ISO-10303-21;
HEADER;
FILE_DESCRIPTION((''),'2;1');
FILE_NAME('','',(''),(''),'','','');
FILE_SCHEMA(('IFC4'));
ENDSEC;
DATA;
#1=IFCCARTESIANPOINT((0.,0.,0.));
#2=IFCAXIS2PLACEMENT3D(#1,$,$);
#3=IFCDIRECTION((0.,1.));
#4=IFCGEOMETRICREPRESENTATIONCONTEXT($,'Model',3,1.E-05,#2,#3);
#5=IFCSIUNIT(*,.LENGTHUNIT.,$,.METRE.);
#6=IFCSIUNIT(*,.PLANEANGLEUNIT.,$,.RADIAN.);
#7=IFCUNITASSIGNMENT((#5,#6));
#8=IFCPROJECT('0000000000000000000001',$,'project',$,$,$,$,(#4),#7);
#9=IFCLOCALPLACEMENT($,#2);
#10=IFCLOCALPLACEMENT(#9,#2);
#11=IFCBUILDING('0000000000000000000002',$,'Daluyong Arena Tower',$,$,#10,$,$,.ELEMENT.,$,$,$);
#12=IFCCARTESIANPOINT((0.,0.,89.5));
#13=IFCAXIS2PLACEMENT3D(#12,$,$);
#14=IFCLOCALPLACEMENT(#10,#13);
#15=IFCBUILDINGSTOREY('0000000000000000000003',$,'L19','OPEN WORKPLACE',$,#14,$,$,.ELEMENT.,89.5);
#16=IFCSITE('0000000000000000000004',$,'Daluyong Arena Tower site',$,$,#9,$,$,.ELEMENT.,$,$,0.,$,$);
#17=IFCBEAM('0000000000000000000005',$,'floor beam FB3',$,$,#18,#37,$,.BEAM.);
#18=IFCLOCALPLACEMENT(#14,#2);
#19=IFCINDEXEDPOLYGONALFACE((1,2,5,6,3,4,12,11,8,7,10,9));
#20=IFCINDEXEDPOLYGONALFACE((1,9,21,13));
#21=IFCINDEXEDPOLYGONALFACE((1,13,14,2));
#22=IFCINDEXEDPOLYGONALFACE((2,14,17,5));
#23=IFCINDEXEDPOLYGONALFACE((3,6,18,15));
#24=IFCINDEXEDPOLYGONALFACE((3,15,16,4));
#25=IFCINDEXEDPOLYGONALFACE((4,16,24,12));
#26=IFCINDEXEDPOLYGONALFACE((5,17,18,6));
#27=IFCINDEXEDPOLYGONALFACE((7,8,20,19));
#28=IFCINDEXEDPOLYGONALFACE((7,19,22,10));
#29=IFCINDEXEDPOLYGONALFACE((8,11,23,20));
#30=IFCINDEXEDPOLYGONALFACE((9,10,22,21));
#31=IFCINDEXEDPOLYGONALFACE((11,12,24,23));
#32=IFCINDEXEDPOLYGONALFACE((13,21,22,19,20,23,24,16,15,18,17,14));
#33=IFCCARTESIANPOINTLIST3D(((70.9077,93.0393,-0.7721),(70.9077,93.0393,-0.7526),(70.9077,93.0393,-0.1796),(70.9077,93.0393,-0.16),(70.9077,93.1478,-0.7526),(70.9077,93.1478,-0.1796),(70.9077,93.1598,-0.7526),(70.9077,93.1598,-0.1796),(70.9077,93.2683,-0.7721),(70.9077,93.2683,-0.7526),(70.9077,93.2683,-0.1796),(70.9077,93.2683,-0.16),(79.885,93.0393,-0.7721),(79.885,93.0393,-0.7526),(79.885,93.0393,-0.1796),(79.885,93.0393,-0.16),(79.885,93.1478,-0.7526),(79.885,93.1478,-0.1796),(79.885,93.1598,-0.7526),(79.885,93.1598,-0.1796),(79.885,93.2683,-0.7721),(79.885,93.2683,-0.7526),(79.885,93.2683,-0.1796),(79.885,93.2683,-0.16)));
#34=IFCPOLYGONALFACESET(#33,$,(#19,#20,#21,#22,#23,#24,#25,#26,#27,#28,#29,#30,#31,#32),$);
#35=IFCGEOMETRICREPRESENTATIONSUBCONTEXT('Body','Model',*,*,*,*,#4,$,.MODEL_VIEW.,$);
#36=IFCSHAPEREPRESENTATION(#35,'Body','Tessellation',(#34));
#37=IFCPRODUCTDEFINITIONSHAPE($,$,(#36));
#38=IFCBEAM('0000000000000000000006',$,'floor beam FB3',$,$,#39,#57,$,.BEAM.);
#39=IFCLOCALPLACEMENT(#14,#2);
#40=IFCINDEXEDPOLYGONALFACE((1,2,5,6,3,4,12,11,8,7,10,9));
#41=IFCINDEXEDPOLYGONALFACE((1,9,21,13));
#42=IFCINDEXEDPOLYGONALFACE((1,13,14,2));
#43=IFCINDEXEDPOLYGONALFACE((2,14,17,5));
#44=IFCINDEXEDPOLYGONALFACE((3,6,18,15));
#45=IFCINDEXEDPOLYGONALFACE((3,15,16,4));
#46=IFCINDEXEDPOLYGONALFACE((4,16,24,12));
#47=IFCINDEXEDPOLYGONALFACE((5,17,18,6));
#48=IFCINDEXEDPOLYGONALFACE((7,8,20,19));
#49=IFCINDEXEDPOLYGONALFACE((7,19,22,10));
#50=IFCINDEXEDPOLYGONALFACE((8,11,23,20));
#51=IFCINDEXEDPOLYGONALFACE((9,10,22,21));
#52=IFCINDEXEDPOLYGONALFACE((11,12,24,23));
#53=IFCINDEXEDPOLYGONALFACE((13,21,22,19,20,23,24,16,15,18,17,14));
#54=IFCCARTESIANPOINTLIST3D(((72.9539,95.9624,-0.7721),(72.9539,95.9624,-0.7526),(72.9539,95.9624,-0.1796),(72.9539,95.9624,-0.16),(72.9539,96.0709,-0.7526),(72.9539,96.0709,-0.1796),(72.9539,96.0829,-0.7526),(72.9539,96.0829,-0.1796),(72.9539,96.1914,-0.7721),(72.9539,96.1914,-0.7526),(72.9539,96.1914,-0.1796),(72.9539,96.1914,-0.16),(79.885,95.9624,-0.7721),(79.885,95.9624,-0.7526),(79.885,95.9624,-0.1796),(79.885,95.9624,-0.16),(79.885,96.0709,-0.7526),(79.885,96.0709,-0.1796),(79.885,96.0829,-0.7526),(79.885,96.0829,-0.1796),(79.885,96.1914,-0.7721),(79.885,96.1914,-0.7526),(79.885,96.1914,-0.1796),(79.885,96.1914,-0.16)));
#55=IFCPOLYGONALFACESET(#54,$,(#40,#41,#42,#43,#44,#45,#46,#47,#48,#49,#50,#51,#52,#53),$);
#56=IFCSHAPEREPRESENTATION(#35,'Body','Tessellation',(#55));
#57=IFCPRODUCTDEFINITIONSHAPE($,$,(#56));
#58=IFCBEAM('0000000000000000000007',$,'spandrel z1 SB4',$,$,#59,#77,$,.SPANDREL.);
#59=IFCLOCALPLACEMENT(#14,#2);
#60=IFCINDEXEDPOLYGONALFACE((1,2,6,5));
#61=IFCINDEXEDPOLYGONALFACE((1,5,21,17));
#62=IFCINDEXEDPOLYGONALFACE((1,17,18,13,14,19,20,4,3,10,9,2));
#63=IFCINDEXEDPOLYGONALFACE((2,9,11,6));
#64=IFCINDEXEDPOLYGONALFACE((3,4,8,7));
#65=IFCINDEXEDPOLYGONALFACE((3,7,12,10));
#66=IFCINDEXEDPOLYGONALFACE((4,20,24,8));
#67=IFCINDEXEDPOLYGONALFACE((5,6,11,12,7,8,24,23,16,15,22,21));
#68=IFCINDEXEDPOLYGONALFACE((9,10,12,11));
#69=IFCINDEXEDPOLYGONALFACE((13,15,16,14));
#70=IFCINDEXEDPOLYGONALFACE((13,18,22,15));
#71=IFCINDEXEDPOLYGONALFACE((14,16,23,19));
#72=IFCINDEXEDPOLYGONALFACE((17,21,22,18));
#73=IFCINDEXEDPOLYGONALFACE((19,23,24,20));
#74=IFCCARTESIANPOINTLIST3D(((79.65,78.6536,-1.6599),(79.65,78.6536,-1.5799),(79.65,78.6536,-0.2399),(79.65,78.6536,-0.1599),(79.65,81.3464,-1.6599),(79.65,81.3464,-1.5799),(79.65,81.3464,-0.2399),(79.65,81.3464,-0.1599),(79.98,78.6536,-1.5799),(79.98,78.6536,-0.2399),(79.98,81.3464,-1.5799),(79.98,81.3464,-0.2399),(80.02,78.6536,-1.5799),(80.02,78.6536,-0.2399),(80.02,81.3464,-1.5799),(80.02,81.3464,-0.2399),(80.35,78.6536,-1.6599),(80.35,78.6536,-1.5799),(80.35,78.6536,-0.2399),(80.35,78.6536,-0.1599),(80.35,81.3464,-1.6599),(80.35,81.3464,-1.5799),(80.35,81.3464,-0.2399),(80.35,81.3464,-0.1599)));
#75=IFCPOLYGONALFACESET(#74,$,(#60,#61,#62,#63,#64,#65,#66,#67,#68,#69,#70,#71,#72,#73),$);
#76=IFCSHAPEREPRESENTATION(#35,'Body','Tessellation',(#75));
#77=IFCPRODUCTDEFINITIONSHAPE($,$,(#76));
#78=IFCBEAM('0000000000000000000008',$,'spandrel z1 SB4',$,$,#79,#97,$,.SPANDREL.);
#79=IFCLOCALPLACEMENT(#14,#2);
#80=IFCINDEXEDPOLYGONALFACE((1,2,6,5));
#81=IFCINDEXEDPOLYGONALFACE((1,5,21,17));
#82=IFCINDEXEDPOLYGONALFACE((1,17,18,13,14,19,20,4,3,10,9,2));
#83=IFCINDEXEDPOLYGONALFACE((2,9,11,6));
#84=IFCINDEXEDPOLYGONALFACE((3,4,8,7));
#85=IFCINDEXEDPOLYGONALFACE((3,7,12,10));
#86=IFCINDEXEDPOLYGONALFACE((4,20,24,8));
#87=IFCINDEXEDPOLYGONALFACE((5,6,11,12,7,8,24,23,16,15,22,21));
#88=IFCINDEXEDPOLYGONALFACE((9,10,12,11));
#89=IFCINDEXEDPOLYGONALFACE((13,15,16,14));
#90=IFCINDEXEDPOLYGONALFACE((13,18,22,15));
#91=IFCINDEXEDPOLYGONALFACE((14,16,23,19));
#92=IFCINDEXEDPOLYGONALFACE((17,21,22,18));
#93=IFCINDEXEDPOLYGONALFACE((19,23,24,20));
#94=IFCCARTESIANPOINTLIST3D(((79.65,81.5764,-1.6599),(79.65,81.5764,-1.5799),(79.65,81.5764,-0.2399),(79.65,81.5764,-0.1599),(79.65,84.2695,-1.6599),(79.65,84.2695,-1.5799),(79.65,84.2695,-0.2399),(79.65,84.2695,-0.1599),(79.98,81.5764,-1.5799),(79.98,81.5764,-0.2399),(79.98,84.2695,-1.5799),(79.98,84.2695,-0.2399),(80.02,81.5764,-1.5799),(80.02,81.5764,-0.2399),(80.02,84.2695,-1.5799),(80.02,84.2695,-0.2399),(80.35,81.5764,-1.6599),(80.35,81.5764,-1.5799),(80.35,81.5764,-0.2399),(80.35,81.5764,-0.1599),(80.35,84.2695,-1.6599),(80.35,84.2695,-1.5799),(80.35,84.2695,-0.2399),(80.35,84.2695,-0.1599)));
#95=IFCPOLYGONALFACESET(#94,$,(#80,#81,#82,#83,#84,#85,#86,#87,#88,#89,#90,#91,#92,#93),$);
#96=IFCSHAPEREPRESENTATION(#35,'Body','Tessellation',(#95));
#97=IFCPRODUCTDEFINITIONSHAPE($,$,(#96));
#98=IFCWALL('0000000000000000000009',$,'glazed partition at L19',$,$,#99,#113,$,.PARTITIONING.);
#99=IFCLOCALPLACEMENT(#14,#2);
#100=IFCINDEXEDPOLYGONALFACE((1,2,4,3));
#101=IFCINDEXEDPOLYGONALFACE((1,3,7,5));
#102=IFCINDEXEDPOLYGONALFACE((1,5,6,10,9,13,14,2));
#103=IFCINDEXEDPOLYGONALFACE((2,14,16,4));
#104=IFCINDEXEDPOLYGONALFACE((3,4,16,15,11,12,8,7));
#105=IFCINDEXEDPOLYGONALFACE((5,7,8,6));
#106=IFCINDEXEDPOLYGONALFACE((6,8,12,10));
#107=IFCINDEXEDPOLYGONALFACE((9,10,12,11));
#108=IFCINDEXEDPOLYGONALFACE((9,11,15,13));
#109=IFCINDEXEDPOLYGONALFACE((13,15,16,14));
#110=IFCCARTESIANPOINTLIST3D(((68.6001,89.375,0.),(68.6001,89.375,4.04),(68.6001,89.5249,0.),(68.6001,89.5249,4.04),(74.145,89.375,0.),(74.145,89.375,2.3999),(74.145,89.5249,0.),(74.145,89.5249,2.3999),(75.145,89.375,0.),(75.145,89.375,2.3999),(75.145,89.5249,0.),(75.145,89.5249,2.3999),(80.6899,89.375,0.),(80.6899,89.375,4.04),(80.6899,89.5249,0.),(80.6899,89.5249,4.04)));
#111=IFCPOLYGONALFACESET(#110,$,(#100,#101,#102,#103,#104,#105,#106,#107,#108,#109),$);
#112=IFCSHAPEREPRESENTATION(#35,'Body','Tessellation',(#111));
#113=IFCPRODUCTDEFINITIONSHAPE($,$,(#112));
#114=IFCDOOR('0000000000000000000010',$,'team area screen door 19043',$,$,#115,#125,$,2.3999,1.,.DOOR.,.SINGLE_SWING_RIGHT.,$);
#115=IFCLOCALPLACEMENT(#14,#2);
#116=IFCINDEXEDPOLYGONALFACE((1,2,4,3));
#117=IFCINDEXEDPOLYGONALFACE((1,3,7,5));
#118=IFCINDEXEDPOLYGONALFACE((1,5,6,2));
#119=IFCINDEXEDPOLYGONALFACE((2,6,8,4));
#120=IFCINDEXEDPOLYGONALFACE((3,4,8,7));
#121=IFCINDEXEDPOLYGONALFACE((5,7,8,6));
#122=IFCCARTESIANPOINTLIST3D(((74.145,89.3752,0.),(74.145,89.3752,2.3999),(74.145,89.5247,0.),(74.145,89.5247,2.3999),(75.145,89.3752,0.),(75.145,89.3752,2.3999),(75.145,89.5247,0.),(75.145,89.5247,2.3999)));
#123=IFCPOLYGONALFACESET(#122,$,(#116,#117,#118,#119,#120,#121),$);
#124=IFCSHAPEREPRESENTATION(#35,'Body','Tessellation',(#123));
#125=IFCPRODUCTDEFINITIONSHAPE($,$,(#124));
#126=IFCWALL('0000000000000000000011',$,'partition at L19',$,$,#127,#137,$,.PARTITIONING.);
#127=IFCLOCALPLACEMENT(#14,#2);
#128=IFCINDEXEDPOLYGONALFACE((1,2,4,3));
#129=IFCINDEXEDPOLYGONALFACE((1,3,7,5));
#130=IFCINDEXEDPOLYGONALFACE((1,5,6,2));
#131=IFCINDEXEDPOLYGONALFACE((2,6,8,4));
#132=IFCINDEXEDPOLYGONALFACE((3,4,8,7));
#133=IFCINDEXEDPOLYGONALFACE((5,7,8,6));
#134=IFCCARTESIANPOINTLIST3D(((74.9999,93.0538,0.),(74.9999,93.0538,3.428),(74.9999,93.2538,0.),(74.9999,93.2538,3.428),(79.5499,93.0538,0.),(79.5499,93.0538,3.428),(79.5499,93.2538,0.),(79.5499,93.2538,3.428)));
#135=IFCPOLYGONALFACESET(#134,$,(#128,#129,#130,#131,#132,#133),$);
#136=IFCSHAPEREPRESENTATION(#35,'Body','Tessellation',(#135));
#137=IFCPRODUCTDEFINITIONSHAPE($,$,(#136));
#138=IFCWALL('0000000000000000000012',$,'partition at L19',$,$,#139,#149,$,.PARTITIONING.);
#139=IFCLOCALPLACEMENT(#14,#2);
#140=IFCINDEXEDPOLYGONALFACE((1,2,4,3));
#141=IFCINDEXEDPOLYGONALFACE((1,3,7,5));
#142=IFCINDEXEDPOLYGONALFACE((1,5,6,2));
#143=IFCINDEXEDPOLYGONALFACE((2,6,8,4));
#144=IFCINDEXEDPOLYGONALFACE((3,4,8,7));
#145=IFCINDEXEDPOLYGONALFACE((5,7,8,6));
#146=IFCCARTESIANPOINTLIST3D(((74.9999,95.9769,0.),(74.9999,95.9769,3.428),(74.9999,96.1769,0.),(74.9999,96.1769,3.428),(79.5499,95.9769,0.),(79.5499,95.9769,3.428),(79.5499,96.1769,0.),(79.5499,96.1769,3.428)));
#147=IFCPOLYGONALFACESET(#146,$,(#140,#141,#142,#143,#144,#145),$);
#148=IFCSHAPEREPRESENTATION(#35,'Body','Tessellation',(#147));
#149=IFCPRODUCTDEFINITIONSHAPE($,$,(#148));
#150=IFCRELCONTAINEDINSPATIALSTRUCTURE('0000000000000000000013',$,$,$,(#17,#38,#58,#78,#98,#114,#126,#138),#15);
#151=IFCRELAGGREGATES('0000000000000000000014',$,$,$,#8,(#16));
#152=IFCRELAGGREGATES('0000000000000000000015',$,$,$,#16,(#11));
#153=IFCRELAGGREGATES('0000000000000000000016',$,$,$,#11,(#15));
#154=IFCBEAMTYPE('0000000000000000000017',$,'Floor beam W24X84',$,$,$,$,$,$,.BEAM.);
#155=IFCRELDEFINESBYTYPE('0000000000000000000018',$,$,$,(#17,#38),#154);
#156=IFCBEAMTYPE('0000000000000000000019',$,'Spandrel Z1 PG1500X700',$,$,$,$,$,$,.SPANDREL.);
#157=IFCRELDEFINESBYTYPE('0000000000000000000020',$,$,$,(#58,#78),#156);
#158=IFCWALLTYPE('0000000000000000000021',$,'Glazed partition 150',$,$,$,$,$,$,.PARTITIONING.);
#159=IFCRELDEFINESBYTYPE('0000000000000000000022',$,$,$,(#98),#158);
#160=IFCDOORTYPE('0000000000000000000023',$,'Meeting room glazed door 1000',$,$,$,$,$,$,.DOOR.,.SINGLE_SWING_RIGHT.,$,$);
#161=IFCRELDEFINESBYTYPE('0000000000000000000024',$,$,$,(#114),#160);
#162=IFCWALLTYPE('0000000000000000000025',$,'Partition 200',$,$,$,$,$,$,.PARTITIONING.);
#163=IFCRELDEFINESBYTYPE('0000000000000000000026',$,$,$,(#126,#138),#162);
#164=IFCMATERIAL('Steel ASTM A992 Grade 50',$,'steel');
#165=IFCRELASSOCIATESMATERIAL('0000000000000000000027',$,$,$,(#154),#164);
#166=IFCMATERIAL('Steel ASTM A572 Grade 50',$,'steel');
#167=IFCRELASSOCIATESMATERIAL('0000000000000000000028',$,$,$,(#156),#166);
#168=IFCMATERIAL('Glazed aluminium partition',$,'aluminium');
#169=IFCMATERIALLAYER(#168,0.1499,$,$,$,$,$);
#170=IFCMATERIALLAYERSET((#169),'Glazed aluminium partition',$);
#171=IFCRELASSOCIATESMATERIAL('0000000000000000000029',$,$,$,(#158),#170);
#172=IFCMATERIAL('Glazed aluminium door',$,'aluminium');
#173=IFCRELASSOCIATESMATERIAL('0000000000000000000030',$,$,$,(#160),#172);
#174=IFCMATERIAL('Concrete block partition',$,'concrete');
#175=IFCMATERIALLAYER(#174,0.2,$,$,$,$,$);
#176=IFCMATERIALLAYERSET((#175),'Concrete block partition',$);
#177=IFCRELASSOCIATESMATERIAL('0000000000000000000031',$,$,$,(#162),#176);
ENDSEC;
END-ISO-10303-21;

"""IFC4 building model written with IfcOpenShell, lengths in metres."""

from ifc_helpers import new_model, si_unit, direction, frame, frame_2d, origin, origin_2d, place, context, subcontext, project, spatial, rectangle, i_section, extrude, material, layer, layer_set, material_profile, profile_set, type_object, element, fill, save


model = new_model("IFC4")

# Units and contexts
model_context = context("Model", 3, precision=1e-05, world=origin(), true_north=direction((0.0, 1.0)))
body_context = subcontext(model_context, "Body", "Model", "MODEL_VIEW")
ifc_project = project(units=[si_unit("LENGTHUNIT", "METRE"), si_unit("PLANEANGLEUNIT", "RADIAN")], contexts=[model_context])

# Site, building, storey
site_placement = place(None, origin())
site = spatial("IfcSite", under=ifc_project, at=site_placement, Name="Daluyong Arena Tower site", CompositionType="ELEMENT", RefElevation=0.0)
building_placement = place(site_placement, origin())
building = spatial("IfcBuilding", under=site, at=building_placement, Name="Daluyong Arena Tower", CompositionType="ELEMENT")
storey_placement = place(building_placement, frame((0.0, 0.0, 89.5)))
storey = spatial("IfcBuildingStorey", under=building, at=storey_placement, Name="L19", Description="OPEN WORKPLACE", CompositionType="ELEMENT", Elevation=89.5)

# Beams
ifc_material_1 = material(Name="Steel ASTM A992 Grade 50", Category="steel")
ifc_material_profile_1 = material_profile(ifc_material_1, i_section(OverallWidth=0.229, OverallDepth=0.6121, WebThickness=0.012, FlangeThickness=0.0195, at=origin_2d()))
ifc_profile_set_1 = profile_set([ifc_material_profile_1], Name="Steel ASTM A992 Grade 50")
beam_type_1 = type_object("IfcBeamType", Name="Floor beam W24X84", PredefinedType="BEAM", material=ifc_profile_set_1)
beam_1_placement = place(storey_placement, frame((79.885, 93.1538, -0.4661), z_axis=(-1.0, 0.0, 0.0), x_axis=(0.0, -1.0, 0.0)))
element("IfcBeam", 1, at=beam_1_placement, inside=storey, type_object=beam_type_1, Name="floor beam FB3", PredefinedType="BEAM", context=body_context, shape_type="SweptSolid", body=[
    extrude(i_section(OverallWidth=0.229, OverallDepth=0.6121, WebThickness=0.012, FlangeThickness=0.0195, at=origin_2d()), origin(), (0.0, 0.0, 1.0), 8.9773),
])
beam_2_placement = place(storey_placement, frame((79.885, 96.0769, -0.4661), z_axis=(-1.0, 0.0, 0.0), x_axis=(0.0, -1.0, 0.0)))
element("IfcBeam", 2, at=beam_2_placement, inside=storey, type_object=beam_type_1, Name="floor beam FB3", PredefinedType="BEAM", context=body_context, shape_type="SweptSolid", body=[
    extrude(i_section(OverallWidth=0.229, OverallDepth=0.6121, WebThickness=0.012, FlangeThickness=0.0195, at=origin_2d()), origin(), (0.0, 0.0, 1.0), 6.9312),
])
ifc_material_2 = material(Name="Steel ASTM A572 Grade 50", Category="steel")
ifc_material_profile_2 = material_profile(ifc_material_2, i_section(OverallWidth=0.7, OverallDepth=1.5, WebThickness=0.04, FlangeThickness=0.08, at=origin_2d()))
ifc_profile_set_2 = profile_set([ifc_material_profile_2], Name="Steel ASTM A572 Grade 50")
beam_type_2 = type_object("IfcBeamType", Name="Spandrel Z1 PG1500X700", PredefinedType="SPANDREL", material=ifc_profile_set_2)
beam_3_placement = place(storey_placement, frame((80.0, 78.6536, -0.9099), z_axis=(0.0, 1.0, 0.0), x_axis=(-1.0, 0.0, 0.0)))
element("IfcBeam", 3, at=beam_3_placement, inside=storey, type_object=beam_type_2, Name="spandrel z1 SB4", PredefinedType="SPANDREL", context=body_context, shape_type="SweptSolid", body=[
    extrude(i_section(OverallWidth=0.7, OverallDepth=1.5, WebThickness=0.04, FlangeThickness=0.08, at=origin_2d()), origin(), (0.0, 0.0, 1.0), 2.6929),
])
beam_4_placement = place(storey_placement, frame((80.0, 81.5764, -0.9099), z_axis=(0.0, 1.0, 0.0), x_axis=(-1.0, 0.0, 0.0)))
element("IfcBeam", 4, at=beam_4_placement, inside=storey, type_object=beam_type_2, Name="spandrel z1 SB4", PredefinedType="SPANDREL", context=body_context, shape_type="SweptSolid", body=[
    extrude(i_section(OverallWidth=0.7, OverallDepth=1.5, WebThickness=0.04, FlangeThickness=0.08, at=origin_2d()), origin(), (0.0, 0.0, 1.0), 2.6931),
])

# Wall, opening, door
ifc_material_3 = material(Name="Glazed aluminium partition", Category="aluminium")
ifc_layer_1 = layer(ifc_material_3, 0.1499)
ifc_layer_set_1 = layer_set([ifc_layer_1], Name="Glazed aluminium partition")
wall_type_1 = type_object("IfcWallType", Name="Glazed partition 150", PredefinedType="PARTITIONING", material=ifc_layer_set_1)
wall_1_placement = place(storey_placement, frame((68.6001, 89.45, 0.0), z_axis=(0.0, 0.0, 1.0), x_axis=(1.0, 0.0, 0.0)))
wall_1 = element("IfcWall", 5, at=wall_1_placement, inside=storey, type_object=wall_type_1, Name="glazed partition at L19", PredefinedType="PARTITIONING", context=body_context, shape_type="SweptSolid", body=[
    extrude(rectangle(XDim=12.0898, YDim=0.1499, at=frame_2d((6.0449, 0.0))), origin(), (0.0, 0.0, 1.0), 4.04),
])
opening_1_placement = place(wall_1_placement, frame((5.5449, 0.0, 0.0)))
opening_1 = element("IfcOpeningElement", 6, at=opening_1_placement, cuts=wall_1, PredefinedType="OPENING", context=body_context, shape_type="SweptSolid", body=[
    extrude(rectangle(XDim=1.0, YDim=2.3999, at=frame_2d((0.5, 1.2))), frame((0.0, 0.085, 0.0), z_axis=(0.0, -1.0, 0.0), x_axis=(1.0, 0.0, 0.0)), (0.0, 0.0, 1.0), 0.1699),
])
ifc_material_4 = material(Name="Glazed aluminium door", Category="aluminium")
door_type = type_object("IfcDoorType", Name="Meeting room glazed door 1000", OperationType="SINGLE_SWING_RIGHT", PredefinedType="DOOR", material=ifc_material_4)
door_1_placement = place(opening_1_placement, origin())
door_1 = element("IfcDoor", 7, at=door_1_placement, inside=storey, type_object=door_type, Name="team area screen door 19043", OperationType="SINGLE_SWING_RIGHT", OverallHeight=2.3999, OverallWidth=1.0, PredefinedType="DOOR", context=body_context, shape_type="SweptSolid", body=[
    extrude(rectangle(XDim=1.0, YDim=2.3999, at=frame_2d((0.5, 1.2))), frame((0.0, 0.0747, 0.0), z_axis=(0.0, -1.0, 0.0), x_axis=(1.0, 0.0, 0.0)), (0.0, 0.0, 1.0), 0.1494),
])
fill(opening_1, door_1)

# Walls
ifc_material_5 = material(Name="Concrete block partition", Category="concrete")
ifc_layer_2 = layer(ifc_material_5, 0.2)
ifc_layer_set_2 = layer_set([ifc_layer_2], Name="Concrete block partition")
wall_type_2 = type_object("IfcWallType", Name="Partition 200", PredefinedType="PARTITIONING", material=ifc_layer_set_2)
for number, where, z_axis, x_axis, name in (
    (8, (75.0, 93.1538, 0.0), (0.0, 0.0, 1.0), (1.0, 0.0, 0.0), "partition at L19"),
    (9, (75.0, 96.0769, 0.0), (0.0, 0.0, 1.0), (1.0, 0.0, 0.0), "partition at L19"),
):
    element("IfcWall", number, at=place(storey_placement, frame(where, z_axis=z_axis, x_axis=x_axis)), inside=storey, type_object=wall_type_2, Name=name, PredefinedType="PARTITIONING", context=body_context, shape_type="SweptSolid", body=[
        extrude(rectangle(XDim=4.55, YDim=0.2, at=frame_2d((2.2749, 0.0))), origin(), (0.0, 0.0, 1.0), 3.428),
    ])

save(model, "model.ifc")
